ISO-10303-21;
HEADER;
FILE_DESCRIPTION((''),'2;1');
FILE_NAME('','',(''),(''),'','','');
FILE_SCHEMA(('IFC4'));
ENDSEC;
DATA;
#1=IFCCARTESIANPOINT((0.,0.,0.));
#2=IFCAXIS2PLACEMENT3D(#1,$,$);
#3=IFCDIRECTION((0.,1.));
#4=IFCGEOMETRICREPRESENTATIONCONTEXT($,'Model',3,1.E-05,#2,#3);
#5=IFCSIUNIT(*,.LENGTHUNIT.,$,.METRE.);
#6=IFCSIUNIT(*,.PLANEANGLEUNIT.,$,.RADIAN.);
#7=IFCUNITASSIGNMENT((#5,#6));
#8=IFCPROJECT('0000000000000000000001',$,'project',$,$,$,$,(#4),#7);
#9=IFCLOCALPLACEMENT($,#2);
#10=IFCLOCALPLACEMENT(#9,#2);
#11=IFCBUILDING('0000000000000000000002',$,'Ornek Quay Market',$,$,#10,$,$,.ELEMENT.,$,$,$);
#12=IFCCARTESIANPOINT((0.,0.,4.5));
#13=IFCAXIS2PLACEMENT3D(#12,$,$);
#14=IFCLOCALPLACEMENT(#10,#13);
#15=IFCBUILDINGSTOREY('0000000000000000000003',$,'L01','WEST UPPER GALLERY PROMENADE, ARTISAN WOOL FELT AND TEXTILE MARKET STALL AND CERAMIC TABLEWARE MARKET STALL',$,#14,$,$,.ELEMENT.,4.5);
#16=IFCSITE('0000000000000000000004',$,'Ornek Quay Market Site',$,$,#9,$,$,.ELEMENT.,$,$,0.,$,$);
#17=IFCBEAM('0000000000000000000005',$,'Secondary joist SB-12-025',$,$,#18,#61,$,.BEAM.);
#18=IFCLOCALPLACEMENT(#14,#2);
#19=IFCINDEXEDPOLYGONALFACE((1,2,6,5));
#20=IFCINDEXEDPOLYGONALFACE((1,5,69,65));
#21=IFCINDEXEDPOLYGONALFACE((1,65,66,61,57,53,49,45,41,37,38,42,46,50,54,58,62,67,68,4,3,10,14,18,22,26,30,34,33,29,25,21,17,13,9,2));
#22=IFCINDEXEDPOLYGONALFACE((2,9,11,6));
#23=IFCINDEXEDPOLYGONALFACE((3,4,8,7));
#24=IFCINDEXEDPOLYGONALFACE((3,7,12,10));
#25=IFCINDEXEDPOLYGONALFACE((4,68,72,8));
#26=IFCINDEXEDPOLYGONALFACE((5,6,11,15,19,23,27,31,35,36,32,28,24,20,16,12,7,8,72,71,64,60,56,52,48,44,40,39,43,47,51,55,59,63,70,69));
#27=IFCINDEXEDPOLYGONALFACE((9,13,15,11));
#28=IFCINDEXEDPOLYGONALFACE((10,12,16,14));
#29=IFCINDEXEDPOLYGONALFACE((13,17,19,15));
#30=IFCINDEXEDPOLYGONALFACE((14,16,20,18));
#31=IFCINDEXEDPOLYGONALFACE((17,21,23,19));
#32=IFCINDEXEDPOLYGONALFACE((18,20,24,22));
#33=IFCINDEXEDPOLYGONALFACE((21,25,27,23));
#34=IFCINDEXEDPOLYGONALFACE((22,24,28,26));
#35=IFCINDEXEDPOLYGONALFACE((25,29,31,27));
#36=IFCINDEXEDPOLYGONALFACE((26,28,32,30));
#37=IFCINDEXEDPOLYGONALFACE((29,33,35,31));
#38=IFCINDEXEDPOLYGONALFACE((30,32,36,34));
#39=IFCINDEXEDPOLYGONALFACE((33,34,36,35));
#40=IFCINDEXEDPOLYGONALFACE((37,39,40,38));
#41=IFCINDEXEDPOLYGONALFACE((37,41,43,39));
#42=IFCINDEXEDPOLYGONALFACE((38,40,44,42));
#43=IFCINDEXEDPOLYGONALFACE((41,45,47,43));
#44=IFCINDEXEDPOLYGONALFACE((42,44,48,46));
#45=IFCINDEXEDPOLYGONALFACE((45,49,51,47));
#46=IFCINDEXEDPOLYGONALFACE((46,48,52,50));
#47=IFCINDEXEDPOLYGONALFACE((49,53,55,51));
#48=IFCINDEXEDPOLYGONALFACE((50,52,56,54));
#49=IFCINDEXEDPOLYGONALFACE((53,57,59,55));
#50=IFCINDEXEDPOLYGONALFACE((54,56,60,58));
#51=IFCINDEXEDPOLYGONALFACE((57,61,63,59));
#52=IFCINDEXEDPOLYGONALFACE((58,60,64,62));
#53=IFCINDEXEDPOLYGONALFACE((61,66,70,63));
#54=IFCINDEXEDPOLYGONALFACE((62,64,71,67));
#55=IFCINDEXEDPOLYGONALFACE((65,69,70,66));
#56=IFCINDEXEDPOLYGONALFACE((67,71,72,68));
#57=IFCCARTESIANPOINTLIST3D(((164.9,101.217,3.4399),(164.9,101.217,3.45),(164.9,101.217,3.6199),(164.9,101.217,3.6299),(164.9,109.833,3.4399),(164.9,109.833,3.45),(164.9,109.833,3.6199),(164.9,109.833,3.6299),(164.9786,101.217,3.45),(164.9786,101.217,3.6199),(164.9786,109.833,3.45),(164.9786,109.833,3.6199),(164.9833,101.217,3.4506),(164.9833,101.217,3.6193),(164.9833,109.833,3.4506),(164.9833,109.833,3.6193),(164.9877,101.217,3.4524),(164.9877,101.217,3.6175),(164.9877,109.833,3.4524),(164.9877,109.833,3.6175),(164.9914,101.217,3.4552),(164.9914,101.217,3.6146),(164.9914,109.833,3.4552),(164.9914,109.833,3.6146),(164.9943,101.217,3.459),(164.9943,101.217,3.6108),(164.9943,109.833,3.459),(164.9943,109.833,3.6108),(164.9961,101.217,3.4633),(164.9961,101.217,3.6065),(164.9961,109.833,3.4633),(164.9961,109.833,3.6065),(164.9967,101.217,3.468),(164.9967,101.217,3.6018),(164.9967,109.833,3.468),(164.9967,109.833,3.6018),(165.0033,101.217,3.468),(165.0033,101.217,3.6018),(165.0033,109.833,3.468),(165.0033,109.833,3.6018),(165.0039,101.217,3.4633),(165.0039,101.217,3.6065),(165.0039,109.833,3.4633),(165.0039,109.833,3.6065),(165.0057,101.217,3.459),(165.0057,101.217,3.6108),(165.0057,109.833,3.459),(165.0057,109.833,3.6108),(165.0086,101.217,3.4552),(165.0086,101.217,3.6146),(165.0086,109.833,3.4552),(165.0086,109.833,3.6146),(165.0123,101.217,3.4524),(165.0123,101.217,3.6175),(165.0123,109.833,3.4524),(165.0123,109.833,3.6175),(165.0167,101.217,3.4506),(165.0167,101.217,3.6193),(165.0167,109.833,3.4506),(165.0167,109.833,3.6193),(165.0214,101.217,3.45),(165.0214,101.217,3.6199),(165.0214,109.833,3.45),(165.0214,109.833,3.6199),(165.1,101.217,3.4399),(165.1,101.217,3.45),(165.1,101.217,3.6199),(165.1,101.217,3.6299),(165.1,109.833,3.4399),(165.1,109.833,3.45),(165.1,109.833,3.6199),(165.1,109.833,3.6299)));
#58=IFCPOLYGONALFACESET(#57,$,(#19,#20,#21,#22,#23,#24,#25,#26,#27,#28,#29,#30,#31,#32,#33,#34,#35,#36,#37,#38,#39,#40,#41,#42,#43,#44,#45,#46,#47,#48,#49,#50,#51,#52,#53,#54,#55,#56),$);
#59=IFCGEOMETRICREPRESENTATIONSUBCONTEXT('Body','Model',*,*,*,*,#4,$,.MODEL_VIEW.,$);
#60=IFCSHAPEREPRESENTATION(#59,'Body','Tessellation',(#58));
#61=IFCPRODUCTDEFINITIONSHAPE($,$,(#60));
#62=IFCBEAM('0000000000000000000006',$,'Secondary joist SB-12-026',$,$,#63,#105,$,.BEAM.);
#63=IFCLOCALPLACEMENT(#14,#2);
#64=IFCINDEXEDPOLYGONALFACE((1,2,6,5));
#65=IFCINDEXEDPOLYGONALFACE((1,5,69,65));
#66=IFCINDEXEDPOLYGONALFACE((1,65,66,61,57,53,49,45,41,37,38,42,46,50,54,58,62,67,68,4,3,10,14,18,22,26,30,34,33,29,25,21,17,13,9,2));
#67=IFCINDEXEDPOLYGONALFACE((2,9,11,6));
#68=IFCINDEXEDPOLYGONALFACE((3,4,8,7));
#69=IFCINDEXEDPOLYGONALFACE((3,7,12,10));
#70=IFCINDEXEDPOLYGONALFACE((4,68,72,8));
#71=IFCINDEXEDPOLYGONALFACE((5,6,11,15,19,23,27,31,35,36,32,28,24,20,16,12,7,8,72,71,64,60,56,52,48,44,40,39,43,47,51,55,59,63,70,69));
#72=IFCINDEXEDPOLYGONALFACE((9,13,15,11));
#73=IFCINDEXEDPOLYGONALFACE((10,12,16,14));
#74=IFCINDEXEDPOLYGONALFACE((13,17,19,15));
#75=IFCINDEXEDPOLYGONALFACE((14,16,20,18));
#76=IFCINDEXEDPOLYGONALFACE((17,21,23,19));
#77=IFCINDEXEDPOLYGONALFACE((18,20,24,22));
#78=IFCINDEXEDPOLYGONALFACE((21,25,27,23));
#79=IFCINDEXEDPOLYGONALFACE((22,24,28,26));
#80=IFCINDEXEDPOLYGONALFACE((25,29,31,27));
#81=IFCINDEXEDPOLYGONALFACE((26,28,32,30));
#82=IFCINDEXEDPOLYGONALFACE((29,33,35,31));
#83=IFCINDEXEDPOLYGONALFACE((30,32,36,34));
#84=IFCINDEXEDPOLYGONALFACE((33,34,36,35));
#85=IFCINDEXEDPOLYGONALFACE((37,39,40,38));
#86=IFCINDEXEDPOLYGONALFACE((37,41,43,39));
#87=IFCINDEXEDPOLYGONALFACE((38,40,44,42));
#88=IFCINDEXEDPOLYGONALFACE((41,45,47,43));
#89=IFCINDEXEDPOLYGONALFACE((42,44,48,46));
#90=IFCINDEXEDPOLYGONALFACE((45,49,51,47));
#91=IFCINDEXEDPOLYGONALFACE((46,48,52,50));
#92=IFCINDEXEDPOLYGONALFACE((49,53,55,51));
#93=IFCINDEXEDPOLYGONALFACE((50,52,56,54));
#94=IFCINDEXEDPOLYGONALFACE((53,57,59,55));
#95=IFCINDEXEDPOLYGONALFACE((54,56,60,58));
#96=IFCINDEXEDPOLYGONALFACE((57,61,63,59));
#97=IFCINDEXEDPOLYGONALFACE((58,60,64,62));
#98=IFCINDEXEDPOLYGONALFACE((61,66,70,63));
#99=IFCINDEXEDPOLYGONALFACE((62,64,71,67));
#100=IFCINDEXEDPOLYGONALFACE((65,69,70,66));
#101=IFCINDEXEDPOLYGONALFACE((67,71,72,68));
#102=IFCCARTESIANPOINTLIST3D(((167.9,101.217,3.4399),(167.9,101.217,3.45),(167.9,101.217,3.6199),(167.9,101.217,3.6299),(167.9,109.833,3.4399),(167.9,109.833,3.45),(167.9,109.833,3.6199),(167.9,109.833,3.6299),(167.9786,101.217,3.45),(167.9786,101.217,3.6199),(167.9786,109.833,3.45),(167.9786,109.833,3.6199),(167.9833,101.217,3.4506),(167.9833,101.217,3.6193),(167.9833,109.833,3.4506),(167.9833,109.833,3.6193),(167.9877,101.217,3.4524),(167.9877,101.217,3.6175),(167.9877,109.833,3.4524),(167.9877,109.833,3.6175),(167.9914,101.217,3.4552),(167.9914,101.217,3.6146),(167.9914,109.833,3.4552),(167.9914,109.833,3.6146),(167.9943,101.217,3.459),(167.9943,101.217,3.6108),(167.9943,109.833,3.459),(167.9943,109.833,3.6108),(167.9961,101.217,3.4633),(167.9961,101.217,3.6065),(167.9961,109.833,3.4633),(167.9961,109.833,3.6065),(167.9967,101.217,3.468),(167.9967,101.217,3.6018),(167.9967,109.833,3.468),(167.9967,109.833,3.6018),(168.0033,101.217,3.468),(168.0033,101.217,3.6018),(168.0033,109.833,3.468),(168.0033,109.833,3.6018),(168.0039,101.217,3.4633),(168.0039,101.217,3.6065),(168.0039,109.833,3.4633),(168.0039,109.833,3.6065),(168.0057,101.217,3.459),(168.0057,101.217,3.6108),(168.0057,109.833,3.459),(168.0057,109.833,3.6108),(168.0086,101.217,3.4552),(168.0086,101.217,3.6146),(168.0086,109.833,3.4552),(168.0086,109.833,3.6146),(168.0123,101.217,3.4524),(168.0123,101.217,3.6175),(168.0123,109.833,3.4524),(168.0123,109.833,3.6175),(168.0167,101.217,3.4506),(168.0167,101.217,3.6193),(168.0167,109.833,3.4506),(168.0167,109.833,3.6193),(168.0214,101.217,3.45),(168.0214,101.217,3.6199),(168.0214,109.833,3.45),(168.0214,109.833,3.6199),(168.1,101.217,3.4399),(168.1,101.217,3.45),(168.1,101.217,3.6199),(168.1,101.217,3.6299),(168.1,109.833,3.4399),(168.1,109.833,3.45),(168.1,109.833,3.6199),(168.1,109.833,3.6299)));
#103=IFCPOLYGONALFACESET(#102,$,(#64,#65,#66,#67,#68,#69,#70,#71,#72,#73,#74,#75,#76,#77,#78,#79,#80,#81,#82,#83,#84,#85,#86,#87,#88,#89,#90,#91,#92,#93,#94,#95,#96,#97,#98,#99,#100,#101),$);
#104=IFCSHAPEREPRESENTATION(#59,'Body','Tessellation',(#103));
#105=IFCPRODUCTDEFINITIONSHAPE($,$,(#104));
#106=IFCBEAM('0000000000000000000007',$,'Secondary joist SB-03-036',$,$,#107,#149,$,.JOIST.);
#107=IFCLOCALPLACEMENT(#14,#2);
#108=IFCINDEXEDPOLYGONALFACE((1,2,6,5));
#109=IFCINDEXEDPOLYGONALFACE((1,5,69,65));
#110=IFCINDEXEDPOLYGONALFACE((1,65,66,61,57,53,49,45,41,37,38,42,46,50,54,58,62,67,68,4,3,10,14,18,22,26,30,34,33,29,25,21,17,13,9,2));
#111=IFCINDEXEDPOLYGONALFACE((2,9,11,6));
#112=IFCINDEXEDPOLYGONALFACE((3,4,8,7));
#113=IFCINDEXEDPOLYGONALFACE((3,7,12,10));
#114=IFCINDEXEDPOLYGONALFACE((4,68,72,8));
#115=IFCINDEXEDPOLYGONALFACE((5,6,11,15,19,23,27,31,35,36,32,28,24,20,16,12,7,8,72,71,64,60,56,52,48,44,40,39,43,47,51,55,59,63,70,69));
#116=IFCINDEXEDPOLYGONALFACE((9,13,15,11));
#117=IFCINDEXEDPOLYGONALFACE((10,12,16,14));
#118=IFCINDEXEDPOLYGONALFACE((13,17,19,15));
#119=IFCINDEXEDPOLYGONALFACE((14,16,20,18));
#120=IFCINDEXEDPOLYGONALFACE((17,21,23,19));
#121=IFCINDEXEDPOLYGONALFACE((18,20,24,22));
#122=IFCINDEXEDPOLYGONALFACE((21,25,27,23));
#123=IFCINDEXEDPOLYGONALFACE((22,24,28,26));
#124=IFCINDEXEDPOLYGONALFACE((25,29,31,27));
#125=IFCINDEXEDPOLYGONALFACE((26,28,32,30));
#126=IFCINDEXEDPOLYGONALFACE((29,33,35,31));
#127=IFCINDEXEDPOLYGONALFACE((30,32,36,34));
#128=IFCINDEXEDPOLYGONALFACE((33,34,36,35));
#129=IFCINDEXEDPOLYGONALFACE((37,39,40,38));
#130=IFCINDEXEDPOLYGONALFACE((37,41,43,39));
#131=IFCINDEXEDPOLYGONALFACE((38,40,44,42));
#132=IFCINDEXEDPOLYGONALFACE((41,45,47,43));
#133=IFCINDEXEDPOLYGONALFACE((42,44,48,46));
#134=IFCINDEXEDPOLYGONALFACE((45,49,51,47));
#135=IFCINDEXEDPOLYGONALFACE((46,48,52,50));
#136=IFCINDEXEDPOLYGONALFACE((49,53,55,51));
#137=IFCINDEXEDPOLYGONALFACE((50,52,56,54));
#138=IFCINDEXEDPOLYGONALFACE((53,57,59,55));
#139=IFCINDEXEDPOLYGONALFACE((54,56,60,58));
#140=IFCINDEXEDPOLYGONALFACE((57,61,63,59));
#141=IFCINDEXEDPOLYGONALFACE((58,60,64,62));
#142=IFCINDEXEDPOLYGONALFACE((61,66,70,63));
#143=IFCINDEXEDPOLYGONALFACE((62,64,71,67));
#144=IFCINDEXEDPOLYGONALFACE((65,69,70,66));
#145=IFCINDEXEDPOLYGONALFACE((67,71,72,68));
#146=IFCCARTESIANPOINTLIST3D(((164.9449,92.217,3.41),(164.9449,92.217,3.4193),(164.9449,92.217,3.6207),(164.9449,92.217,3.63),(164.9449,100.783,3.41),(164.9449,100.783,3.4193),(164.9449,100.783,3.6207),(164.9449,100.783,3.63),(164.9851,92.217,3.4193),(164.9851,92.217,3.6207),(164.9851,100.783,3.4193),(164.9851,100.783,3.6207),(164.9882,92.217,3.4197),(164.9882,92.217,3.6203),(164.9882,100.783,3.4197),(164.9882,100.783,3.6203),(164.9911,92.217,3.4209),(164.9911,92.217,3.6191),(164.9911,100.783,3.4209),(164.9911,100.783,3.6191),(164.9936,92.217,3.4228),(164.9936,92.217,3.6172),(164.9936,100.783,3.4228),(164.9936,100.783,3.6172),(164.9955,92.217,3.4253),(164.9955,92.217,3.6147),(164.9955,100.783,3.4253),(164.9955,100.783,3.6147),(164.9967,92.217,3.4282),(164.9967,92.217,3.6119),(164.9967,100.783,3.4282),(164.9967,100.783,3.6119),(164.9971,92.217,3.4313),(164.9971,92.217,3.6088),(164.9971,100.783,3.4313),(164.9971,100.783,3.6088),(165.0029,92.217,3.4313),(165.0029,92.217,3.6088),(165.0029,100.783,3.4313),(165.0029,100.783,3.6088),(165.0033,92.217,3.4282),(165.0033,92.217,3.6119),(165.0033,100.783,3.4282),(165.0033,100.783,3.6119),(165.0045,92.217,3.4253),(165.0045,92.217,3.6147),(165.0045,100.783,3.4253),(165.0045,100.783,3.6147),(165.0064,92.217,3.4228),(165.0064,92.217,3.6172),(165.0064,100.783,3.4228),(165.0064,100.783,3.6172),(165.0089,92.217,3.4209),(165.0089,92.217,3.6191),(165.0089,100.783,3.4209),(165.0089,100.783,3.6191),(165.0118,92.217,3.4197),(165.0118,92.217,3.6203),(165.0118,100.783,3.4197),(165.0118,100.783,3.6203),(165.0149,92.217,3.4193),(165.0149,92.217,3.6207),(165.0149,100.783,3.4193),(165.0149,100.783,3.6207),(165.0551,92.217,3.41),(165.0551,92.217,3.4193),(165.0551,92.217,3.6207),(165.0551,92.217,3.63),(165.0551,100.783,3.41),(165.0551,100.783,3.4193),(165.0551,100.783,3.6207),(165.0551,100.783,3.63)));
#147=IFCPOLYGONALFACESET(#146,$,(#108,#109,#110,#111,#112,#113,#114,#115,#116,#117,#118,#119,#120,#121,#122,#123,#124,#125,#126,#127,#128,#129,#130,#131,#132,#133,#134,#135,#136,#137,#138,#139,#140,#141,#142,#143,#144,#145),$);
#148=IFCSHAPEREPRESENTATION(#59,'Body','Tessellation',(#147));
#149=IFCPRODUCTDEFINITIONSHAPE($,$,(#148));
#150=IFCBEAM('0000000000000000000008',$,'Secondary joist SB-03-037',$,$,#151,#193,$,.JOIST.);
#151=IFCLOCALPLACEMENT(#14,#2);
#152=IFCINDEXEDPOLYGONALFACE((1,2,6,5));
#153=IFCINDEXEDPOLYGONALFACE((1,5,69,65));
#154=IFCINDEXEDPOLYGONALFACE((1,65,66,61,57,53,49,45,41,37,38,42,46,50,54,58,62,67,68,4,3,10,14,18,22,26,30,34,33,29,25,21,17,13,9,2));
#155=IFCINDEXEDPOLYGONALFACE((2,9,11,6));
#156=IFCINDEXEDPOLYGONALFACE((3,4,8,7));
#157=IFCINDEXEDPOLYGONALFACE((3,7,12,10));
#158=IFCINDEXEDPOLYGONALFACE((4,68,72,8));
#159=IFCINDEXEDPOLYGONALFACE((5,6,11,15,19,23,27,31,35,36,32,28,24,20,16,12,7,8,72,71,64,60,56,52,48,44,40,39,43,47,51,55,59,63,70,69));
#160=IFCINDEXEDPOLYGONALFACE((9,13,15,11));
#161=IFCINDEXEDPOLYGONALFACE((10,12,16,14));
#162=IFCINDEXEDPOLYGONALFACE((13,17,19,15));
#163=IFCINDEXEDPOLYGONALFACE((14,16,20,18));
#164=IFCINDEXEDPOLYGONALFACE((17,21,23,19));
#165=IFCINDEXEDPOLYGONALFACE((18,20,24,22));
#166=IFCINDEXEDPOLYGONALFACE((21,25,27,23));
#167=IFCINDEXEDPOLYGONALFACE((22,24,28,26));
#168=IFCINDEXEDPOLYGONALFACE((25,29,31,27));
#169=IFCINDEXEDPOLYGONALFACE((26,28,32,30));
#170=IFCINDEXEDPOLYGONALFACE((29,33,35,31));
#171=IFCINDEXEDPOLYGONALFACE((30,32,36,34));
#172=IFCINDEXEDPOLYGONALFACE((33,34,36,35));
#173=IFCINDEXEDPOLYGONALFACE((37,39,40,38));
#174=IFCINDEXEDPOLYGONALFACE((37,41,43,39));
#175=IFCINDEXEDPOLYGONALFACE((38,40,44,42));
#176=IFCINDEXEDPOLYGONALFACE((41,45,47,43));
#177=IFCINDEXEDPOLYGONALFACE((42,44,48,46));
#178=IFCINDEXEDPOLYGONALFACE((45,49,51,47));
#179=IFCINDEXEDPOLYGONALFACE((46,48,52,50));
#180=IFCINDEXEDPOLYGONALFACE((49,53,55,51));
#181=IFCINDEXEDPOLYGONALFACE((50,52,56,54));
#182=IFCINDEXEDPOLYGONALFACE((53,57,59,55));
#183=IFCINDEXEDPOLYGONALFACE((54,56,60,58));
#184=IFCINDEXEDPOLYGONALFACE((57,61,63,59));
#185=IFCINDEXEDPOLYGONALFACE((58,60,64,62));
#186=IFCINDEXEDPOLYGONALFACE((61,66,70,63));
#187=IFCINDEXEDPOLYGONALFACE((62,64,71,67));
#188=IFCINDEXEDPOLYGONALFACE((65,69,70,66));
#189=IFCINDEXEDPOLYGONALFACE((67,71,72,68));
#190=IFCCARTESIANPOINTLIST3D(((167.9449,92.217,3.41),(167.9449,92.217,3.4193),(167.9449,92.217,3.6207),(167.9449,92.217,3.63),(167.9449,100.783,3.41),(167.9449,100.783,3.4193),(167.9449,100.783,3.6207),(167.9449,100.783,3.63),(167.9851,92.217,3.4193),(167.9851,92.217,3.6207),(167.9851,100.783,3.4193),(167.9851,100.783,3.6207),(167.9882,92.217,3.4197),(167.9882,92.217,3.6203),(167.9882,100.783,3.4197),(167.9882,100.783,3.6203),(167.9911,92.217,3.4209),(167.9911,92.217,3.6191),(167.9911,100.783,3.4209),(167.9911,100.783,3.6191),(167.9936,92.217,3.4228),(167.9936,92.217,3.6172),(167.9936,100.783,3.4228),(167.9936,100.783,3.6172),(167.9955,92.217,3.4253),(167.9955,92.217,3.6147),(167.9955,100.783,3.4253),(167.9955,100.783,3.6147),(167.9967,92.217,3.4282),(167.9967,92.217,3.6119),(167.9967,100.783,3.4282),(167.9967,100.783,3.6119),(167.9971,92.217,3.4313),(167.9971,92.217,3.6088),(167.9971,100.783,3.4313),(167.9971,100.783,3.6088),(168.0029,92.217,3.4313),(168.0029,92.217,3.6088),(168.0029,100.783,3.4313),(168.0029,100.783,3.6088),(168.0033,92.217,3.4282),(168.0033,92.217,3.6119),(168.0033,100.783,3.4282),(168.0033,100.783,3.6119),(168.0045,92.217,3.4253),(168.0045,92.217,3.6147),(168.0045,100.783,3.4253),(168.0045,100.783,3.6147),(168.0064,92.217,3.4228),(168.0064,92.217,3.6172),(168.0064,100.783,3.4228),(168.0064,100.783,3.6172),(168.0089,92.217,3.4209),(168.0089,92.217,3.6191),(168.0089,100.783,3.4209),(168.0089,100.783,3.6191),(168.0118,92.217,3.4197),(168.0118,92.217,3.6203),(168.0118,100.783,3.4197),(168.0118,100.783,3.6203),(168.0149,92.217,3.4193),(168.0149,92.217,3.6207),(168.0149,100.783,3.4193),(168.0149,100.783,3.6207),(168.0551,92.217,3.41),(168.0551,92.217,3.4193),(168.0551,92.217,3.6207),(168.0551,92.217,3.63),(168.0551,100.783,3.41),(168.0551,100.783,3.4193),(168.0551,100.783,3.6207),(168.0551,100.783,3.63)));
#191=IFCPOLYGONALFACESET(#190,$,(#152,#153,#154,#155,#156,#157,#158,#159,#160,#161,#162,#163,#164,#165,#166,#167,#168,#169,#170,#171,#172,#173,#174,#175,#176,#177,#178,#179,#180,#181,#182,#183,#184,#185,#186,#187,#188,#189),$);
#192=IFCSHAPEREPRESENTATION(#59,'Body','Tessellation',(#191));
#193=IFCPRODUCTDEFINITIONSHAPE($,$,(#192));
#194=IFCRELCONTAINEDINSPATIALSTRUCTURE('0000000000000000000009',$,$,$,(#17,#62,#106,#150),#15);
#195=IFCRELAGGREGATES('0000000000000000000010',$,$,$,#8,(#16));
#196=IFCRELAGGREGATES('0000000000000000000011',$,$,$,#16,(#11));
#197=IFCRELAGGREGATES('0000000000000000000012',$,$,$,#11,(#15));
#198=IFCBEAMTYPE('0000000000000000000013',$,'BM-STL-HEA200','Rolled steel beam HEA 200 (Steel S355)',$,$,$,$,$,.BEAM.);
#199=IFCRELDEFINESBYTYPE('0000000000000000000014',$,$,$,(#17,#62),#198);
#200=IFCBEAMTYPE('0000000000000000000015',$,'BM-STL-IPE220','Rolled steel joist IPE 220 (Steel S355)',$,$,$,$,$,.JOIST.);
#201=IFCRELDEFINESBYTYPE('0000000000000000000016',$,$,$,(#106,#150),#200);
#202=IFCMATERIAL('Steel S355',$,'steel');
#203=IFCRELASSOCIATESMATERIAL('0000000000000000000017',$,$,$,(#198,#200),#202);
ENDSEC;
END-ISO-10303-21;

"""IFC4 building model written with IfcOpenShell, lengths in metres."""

from ifc_helpers import new_model, si_unit, direction, frame, origin, origin_2d, place, context, subcontext, project, spatial, i_section, extrude, material, material_profile, profile_set, type_object, element, save


model = new_model("IFC4")

# Units and contexts
model_context = context("Model", 3, precision=1e-05, world=origin(), true_north=direction((0.0, 1.0)))
body_context = subcontext(model_context, "Body", "Model", "MODEL_VIEW")
ifc_project = project(units=[si_unit("LENGTHUNIT", "METRE"), si_unit("PLANEANGLEUNIT", "RADIAN")], contexts=[model_context])

# Site, building, storey
site_placement = place(None, origin())
site = spatial("IfcSite", under=ifc_project, at=site_placement, Name="Ornek Quay Market Site", CompositionType="ELEMENT", RefElevation=0.0)
building_placement = place(site_placement, origin())
building = spatial("IfcBuilding", under=site, at=building_placement, Name="Ornek Quay Market", CompositionType="ELEMENT")
storey_placement = place(building_placement, frame((0.0, 0.0, 4.5)))
storey = spatial("IfcBuildingStorey", under=building, at=storey_placement, Name="L01", Description="WEST UPPER GALLERY PROMENADE, ARTISAN WOOL FELT AND TEXTILE MARKET STALL AND CERAMIC TABLEWARE MARKET STALL", CompositionType="ELEMENT", Elevation=4.5)

# Beams
ifc_material_1 = material(Name="Steel S355", Category="steel")
ifc_material_profile_1 = material_profile(ifc_material_1, i_section(OverallWidth=0.2, OverallDepth=0.1899, WebThickness=0.0066, FlangeThickness=0.01, FilletRadius=0.0181, at=origin_2d()), Name="HEA 200", Category="steel")
ifc_profile_set_1 = profile_set([ifc_material_profile_1], Name="Steel S355")
beam_type_1 = type_object("IfcBeamType", Name="BM-STL-HEA200", Description="Rolled steel beam HEA 200 (Steel S355)", PredefinedType="BEAM", material=ifc_profile_set_1)
for number, where, z_axis, x_axis, name in (
    (1, (165.0, 101.217, 3.5349), (0.0, 1.0, 0.0), (-1.0, 0.0, 0.0), "Secondary joist SB-12-025"),
    (2, (168.0, 101.217, 3.5349), (0.0, 1.0, 0.0), (-1.0, 0.0, 0.0), "Secondary joist SB-12-026"),
):
    element("IfcBeam", number, at=place(storey_placement, frame(where, z_axis=z_axis, x_axis=x_axis)), inside=storey, type_object=beam_type_1, Name=name, PredefinedType="BEAM", context=body_context, shape_type="SweptSolid", body=[
        extrude(i_section(OverallWidth=0.2, OverallDepth=0.1899, WebThickness=0.0066, FlangeThickness=0.01, FilletRadius=0.0181, at=origin_2d()), origin(), (0.0, 0.0, 1.0), 8.616),
    ])
ifc_material_profile_2 = material_profile(ifc_material_1, i_section(OverallWidth=0.1101, OverallDepth=0.22, WebThickness=0.0059, FlangeThickness=0.0093, FilletRadius=0.012, at=origin_2d()), Name="IPE 220", Category="steel")
ifc_profile_set_2 = profile_set([ifc_material_profile_2], Name="Steel S355")
beam_type_2 = type_object("IfcBeamType", Name="BM-STL-IPE220", Description="Rolled steel joist IPE 220 (Steel S355)", PredefinedType="JOIST", material=ifc_profile_set_2)
for number, where, z_axis, x_axis, name in (
    (3, (165.0, 92.217, 3.52), (0.0, 1.0, 0.0), (-1.0, 0.0, 0.0), "Secondary joist SB-03-036"),
    (4, (168.0, 92.217, 3.52), (0.0, 1.0, 0.0), (-1.0, 0.0, 0.0), "Secondary joist SB-03-037"),
):
    element("IfcBeam", number, at=place(storey_placement, frame(where, z_axis=z_axis, x_axis=x_axis)), inside=storey, type_object=beam_type_2, Name=name, PredefinedType="JOIST", context=body_context, shape_type="SweptSolid", body=[
        extrude(i_section(OverallWidth=0.1101, OverallDepth=0.22, WebThickness=0.0059, FlangeThickness=0.0093, FilletRadius=0.012, at=origin_2d()), origin(), (0.0, 0.0, 1.0), 8.5659),
    ])

save(model, "model.ifc")
